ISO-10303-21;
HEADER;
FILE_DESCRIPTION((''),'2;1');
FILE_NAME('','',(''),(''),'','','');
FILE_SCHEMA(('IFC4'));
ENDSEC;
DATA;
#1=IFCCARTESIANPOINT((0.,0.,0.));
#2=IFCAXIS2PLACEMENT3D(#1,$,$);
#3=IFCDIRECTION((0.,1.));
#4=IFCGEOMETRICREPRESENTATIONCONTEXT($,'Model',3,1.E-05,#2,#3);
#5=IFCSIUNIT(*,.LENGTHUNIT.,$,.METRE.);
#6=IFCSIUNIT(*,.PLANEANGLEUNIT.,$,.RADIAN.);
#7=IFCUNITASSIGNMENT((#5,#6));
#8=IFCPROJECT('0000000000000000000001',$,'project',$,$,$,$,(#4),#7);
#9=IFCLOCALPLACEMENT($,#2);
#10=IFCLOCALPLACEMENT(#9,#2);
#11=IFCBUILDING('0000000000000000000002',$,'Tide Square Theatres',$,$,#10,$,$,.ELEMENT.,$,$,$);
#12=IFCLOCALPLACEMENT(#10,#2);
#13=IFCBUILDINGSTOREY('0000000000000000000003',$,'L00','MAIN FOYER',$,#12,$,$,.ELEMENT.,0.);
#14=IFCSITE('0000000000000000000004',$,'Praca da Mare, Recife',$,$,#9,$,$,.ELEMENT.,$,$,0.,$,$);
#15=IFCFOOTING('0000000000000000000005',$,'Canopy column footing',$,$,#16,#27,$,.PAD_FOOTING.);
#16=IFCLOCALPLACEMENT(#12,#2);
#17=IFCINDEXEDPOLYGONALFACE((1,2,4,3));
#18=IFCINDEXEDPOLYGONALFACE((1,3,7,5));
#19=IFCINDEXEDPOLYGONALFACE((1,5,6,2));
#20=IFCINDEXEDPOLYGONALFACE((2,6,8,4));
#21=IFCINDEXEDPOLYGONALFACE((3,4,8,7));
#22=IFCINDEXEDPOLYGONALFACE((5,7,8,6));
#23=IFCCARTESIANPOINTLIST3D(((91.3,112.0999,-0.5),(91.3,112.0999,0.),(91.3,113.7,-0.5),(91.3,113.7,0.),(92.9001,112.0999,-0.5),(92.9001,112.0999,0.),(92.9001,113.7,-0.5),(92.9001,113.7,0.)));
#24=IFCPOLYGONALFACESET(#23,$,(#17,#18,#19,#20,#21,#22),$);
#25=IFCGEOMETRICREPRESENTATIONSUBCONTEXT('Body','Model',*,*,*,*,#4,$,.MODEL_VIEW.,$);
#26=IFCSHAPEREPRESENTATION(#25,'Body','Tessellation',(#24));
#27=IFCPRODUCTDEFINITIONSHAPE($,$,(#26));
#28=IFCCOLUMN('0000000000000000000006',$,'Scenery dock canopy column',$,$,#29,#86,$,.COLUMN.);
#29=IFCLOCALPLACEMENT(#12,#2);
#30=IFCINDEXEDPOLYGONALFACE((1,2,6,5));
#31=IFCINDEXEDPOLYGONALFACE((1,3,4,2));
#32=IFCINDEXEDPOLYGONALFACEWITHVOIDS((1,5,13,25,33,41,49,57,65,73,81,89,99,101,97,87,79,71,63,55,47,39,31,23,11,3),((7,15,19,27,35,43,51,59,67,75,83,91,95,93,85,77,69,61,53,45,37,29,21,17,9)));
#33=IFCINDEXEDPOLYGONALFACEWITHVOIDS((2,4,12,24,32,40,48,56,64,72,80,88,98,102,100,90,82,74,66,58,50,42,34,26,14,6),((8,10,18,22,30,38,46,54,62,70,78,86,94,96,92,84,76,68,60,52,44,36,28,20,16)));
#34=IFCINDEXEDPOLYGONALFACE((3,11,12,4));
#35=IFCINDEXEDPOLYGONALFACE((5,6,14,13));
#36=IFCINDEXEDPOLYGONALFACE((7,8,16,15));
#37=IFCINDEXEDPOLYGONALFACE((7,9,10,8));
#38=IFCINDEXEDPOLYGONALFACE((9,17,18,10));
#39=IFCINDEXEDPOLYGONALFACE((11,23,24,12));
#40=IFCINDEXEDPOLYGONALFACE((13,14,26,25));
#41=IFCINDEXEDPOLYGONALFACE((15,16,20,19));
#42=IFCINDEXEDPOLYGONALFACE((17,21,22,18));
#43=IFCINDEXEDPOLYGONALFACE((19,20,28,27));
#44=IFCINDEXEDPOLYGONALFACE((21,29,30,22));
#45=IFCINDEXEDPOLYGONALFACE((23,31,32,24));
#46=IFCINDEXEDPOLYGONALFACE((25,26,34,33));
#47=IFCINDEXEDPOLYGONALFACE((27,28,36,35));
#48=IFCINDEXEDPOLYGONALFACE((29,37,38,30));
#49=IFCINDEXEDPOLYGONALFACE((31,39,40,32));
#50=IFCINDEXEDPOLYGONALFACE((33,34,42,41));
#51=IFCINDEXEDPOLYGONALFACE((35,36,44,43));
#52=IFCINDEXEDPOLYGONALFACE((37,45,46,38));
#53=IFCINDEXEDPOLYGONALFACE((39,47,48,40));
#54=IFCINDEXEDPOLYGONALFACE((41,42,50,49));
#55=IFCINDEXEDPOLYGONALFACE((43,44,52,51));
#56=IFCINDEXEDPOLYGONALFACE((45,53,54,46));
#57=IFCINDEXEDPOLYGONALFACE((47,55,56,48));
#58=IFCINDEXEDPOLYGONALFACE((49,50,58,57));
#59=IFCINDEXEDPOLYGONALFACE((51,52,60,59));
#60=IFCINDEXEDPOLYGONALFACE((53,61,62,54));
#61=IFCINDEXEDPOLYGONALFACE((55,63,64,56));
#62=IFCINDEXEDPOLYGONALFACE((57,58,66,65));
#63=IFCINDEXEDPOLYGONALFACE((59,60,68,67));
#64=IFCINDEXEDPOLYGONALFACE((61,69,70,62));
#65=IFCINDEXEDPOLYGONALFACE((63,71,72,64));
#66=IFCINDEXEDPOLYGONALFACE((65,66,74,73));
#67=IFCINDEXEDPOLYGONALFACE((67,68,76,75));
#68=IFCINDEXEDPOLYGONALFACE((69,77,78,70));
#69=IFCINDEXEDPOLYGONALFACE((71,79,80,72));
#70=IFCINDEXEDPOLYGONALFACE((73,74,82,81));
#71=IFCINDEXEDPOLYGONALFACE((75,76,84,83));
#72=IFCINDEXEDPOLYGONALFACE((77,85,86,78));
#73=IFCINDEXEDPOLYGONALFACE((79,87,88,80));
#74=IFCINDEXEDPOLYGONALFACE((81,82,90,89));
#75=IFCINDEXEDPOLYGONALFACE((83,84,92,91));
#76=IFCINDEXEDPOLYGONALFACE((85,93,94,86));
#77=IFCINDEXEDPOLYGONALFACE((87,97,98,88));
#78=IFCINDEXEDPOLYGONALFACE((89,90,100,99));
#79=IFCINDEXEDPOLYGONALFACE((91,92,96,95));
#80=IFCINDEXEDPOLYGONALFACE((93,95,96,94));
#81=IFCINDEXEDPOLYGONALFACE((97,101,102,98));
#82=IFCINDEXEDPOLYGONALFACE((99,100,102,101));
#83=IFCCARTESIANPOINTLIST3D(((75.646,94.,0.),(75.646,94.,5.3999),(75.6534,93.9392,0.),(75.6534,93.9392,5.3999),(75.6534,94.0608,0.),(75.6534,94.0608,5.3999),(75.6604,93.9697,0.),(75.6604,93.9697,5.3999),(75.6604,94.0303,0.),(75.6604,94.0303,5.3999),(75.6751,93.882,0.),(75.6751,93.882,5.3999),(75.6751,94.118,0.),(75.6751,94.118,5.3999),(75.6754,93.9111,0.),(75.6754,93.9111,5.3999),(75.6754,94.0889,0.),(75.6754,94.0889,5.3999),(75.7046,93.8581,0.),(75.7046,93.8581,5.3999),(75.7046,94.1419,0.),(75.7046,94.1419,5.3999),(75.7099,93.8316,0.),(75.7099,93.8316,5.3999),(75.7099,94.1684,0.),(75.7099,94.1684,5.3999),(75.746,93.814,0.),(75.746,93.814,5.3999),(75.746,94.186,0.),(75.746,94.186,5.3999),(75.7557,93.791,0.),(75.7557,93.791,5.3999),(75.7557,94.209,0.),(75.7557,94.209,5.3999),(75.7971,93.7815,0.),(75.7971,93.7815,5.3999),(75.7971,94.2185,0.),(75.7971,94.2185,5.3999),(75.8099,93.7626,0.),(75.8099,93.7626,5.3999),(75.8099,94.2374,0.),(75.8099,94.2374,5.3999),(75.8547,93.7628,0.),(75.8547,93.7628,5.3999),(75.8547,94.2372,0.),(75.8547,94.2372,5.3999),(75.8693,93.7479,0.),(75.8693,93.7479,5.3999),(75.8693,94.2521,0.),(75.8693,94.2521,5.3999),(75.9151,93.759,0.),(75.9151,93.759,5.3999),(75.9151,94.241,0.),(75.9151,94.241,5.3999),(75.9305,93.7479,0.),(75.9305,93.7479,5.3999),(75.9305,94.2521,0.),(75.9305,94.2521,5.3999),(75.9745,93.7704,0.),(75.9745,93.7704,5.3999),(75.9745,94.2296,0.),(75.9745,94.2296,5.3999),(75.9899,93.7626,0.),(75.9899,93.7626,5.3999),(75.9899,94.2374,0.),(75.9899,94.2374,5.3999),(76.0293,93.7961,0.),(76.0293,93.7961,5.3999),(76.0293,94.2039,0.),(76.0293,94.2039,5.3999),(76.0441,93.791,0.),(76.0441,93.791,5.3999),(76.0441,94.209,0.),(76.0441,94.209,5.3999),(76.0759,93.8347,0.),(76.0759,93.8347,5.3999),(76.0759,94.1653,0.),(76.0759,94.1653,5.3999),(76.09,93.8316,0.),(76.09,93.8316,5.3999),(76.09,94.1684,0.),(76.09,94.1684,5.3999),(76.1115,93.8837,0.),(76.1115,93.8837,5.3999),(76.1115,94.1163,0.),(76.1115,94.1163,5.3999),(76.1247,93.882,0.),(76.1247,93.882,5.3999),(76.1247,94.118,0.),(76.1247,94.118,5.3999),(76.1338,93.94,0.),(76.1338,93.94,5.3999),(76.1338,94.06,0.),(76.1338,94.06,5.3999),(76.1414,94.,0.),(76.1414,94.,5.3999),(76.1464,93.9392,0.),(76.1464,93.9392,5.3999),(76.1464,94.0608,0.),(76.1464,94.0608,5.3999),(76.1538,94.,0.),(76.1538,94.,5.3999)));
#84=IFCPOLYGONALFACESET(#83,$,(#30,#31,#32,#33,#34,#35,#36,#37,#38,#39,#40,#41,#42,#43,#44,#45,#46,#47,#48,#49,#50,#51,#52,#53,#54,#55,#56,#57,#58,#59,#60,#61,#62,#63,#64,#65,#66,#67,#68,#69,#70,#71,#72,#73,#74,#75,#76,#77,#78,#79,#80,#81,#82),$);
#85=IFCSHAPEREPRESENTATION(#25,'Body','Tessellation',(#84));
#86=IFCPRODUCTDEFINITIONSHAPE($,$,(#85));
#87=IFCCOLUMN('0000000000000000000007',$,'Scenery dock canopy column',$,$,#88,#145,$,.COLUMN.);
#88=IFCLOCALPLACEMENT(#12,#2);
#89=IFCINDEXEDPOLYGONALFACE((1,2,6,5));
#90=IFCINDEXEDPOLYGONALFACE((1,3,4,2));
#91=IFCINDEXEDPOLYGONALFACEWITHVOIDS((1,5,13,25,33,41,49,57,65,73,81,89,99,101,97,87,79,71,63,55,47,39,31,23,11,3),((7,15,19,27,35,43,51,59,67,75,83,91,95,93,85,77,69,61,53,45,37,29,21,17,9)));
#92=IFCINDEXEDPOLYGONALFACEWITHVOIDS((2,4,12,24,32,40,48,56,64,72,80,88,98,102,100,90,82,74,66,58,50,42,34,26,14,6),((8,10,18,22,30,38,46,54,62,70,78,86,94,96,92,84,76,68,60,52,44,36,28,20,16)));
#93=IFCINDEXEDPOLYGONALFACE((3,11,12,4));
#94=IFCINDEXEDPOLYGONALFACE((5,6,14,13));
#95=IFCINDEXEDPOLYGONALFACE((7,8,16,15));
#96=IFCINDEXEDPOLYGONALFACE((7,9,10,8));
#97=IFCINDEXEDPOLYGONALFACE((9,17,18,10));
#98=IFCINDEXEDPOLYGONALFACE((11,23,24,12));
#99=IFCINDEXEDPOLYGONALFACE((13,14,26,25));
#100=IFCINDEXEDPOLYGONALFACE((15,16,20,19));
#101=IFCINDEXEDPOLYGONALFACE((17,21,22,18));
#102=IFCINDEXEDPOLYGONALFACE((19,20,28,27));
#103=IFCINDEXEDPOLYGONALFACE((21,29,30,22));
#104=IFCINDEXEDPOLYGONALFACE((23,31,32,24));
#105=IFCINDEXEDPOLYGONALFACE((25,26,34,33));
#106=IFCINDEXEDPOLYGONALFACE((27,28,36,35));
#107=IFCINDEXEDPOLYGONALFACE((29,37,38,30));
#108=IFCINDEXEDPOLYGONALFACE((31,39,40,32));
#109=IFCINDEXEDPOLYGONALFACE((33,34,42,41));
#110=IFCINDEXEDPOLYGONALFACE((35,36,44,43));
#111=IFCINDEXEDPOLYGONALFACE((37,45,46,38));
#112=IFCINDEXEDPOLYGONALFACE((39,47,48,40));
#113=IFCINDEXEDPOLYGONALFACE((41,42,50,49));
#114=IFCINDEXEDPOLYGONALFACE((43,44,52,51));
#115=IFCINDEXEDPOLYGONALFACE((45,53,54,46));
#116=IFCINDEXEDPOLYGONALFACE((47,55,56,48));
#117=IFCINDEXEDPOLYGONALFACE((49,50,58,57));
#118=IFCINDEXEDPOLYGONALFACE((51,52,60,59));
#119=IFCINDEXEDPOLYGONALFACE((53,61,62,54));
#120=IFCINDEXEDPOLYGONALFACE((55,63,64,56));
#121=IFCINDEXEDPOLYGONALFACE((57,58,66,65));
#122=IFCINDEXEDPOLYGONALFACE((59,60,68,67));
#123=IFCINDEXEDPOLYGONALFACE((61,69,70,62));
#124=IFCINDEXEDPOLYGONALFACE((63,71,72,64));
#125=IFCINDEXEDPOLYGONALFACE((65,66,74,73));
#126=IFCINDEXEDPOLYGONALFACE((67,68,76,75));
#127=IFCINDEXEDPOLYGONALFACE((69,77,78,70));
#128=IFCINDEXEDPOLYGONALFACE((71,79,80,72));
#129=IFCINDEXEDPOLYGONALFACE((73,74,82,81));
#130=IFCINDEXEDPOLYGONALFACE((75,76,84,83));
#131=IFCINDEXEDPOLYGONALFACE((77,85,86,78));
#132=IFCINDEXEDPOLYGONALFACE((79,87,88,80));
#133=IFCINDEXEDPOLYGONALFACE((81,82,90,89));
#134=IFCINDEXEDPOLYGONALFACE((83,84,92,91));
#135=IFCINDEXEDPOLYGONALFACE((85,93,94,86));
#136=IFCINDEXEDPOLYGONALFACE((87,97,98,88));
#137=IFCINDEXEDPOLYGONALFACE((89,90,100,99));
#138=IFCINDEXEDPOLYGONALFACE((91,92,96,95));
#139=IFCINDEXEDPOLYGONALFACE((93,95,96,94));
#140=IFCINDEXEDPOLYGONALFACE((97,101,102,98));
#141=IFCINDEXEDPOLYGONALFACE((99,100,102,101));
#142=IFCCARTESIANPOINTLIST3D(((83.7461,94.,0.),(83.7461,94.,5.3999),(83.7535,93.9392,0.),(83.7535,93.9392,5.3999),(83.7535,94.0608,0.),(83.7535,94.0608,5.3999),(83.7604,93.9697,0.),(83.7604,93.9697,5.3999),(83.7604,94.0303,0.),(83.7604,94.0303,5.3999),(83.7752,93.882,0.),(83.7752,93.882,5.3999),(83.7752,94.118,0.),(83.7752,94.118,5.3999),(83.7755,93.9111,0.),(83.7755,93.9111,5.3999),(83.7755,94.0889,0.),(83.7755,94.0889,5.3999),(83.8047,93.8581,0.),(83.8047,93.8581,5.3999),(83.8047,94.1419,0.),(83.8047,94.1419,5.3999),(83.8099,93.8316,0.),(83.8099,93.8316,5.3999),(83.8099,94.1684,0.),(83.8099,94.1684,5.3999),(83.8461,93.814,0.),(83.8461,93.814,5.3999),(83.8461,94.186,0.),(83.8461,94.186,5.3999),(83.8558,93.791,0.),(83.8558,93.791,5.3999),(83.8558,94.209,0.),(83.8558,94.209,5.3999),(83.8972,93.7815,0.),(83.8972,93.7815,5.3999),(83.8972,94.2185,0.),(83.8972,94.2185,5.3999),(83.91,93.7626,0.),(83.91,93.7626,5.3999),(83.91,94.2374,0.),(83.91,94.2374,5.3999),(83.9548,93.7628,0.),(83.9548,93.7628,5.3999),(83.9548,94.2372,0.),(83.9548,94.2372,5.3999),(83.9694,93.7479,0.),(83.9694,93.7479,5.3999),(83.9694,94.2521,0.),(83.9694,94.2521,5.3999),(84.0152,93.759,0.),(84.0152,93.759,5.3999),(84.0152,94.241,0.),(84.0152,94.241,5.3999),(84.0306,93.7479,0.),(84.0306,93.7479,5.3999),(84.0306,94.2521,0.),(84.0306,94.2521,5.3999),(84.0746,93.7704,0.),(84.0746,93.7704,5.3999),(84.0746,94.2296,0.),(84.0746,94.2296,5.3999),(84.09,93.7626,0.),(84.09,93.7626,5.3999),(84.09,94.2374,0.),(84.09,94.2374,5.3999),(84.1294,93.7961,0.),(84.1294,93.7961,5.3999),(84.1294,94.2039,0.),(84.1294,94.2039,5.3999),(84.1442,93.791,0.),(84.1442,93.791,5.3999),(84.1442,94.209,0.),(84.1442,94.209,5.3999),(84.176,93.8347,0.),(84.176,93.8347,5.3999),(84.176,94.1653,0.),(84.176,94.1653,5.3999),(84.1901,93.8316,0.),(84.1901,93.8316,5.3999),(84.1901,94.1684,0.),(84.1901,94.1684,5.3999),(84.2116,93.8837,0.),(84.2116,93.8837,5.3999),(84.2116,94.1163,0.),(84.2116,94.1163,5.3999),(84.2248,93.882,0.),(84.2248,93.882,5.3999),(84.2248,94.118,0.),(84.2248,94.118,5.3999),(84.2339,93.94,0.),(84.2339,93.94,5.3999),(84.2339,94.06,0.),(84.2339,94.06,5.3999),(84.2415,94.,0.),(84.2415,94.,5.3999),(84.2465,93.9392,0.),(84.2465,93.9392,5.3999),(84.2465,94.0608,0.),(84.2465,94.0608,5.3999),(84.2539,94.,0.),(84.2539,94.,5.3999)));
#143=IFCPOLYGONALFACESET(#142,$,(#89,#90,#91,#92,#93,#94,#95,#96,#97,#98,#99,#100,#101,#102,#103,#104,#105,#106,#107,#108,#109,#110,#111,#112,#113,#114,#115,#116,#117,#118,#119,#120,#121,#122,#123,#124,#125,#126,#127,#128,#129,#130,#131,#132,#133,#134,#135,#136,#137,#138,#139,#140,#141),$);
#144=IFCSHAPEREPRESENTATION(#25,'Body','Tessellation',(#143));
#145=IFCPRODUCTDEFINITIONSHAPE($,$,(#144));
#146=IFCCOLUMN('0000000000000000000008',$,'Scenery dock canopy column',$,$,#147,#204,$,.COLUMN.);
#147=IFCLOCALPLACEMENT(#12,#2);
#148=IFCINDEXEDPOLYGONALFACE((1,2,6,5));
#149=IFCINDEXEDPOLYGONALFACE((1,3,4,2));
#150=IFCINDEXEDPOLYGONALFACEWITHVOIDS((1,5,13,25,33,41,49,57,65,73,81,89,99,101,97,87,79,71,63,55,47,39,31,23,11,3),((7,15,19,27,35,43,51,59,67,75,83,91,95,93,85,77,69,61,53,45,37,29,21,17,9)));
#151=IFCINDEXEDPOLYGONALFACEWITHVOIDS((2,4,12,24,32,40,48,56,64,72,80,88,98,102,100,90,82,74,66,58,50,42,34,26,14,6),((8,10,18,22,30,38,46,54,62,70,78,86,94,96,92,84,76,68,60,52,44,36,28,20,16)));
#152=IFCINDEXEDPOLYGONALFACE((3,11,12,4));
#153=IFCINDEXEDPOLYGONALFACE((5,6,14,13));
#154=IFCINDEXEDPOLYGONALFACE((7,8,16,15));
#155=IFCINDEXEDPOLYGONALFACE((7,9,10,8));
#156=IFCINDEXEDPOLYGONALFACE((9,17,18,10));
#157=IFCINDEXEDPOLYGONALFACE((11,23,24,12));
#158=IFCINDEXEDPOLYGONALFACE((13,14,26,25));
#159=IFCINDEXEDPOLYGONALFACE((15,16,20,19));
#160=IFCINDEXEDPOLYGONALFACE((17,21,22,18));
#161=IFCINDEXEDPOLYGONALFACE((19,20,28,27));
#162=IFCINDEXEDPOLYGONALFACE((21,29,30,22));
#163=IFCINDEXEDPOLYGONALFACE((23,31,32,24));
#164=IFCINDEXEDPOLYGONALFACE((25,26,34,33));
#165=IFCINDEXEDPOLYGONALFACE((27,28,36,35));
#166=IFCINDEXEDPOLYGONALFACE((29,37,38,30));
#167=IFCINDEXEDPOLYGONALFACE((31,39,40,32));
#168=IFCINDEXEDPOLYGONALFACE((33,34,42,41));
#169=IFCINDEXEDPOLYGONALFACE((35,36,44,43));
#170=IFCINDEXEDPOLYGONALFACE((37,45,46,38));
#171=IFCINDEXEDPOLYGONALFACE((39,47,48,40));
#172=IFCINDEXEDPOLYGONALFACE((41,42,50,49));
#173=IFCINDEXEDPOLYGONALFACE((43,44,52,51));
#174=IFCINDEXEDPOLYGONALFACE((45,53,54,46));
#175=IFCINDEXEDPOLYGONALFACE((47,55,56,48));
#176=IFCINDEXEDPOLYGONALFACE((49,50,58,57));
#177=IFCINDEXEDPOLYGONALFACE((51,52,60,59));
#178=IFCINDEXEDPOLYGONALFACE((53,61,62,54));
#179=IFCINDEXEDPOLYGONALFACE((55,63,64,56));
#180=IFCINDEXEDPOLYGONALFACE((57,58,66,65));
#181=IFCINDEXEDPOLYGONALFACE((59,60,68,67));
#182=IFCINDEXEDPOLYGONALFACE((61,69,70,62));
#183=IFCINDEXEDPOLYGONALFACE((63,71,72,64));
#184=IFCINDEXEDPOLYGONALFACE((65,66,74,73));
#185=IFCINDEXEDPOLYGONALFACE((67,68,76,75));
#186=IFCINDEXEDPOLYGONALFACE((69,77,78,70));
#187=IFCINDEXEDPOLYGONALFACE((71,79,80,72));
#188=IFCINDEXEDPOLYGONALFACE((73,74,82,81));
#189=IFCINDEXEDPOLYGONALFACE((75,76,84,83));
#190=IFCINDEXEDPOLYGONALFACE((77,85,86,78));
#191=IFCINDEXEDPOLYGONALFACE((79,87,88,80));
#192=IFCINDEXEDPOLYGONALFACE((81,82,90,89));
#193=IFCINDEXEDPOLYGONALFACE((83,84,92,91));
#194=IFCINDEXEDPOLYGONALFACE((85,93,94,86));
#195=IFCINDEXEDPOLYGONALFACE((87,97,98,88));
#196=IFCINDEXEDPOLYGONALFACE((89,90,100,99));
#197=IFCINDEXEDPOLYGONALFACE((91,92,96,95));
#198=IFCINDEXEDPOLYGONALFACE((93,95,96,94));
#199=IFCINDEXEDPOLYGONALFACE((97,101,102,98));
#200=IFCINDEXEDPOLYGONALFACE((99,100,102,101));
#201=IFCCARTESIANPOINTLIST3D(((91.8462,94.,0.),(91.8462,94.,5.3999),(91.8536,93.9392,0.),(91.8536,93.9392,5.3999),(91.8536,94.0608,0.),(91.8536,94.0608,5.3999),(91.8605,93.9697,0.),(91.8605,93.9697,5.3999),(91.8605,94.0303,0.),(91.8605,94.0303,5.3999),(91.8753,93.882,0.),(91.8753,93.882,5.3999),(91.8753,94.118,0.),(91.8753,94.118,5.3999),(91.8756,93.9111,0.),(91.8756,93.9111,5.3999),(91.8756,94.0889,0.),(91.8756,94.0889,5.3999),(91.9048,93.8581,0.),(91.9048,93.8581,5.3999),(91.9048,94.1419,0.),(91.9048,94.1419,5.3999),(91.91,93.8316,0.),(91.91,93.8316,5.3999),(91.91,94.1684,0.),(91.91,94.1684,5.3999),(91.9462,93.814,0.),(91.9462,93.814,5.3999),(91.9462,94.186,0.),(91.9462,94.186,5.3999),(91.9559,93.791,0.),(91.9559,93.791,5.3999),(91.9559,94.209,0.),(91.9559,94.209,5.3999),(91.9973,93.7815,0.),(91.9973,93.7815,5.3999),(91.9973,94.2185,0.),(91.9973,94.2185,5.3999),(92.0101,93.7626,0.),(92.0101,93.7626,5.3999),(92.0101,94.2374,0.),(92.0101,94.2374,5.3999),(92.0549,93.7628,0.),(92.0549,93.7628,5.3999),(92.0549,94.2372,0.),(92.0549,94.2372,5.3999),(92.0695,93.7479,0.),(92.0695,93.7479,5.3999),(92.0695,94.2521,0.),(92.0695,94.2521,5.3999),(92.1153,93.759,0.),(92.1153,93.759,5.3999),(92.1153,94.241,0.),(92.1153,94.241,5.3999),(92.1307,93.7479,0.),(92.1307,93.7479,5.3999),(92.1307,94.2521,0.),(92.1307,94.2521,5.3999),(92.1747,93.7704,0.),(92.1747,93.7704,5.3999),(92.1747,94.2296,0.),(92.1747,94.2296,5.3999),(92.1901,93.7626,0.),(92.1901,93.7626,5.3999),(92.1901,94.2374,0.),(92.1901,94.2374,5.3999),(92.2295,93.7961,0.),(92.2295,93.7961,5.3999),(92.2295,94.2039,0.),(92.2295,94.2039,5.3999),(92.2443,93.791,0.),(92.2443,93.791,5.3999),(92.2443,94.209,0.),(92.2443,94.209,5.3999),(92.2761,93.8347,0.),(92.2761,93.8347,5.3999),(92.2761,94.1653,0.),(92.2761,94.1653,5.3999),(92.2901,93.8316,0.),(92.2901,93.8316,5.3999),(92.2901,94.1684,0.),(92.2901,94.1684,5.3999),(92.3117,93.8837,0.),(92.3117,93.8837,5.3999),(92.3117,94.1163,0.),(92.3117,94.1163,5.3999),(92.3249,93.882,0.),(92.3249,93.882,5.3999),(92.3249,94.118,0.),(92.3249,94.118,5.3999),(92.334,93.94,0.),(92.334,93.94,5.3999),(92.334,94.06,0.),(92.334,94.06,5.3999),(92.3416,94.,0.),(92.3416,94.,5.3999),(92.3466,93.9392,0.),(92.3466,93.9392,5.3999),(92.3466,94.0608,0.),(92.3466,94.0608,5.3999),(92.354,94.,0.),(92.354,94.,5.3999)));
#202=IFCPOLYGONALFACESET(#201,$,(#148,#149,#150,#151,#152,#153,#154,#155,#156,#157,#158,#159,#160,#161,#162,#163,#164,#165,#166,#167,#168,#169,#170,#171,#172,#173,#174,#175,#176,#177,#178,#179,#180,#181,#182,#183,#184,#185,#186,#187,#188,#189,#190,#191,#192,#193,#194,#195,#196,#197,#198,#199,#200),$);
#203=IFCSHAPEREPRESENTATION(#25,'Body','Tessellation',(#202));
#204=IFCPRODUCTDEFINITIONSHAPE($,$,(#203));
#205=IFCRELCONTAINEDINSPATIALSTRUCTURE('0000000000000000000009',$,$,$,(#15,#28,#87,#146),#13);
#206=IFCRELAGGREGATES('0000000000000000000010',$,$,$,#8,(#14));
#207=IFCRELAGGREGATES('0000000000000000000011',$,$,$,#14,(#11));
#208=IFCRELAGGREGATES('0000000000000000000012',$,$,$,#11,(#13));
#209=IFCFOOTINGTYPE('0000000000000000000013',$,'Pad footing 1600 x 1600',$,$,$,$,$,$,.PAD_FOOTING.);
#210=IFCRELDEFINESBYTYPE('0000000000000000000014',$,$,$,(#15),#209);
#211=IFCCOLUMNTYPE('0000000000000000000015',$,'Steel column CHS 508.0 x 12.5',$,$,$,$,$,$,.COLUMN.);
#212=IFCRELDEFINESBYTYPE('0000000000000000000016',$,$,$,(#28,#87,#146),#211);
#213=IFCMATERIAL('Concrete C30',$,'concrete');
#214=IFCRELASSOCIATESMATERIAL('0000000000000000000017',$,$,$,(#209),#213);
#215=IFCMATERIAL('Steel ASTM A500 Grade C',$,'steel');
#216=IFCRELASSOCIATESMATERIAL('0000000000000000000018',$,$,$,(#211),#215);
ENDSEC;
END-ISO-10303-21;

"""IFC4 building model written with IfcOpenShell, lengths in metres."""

from ifc_helpers import new_model, si_unit, direction, frame, origin, origin_2d, place, context, subcontext, project, spatial, rectangle, hollow_circle, extrude, material, material_profile, profile_set, type_object, element, save


model = new_model("IFC4")

# Units and contexts
model_context = context("Model", 3, precision=1e-05, world=origin(), true_north=direction((0.0, 1.0)))
body_context = subcontext(model_context, "Body", "Model", "MODEL_VIEW")
ifc_project = project(units=[si_unit("LENGTHUNIT", "METRE"), si_unit("PLANEANGLEUNIT", "RADIAN")], contexts=[model_context])

# Site, building, storey
site_placement = place(None, origin())
site = spatial("IfcSite", under=ifc_project, at=site_placement, Name="Praca da Mare, Recife", CompositionType="ELEMENT", RefElevation=0.0)
building_placement = place(site_placement, origin())
building = spatial("IfcBuilding", under=site, at=building_placement, Name="Tide Square Theatres", CompositionType="ELEMENT")
storey_placement = place(building_placement, origin())
storey = spatial("IfcBuildingStorey", under=building, at=storey_placement, Name="L00", Description="MAIN FOYER", CompositionType="ELEMENT", Elevation=0.0)

# Footing
ifc_material_1 = material(Name="Concrete C30", Category="concrete")
footing_type = type_object("IfcFootingType", Name="Pad footing 1600 x 1600", PredefinedType="PAD_FOOTING", material=ifc_material_1)
for number, where, z_axis, x_axis, name in (
    (1, (92.1001, 112.8999, -0.5), (0.0, 0.0, 1.0), (1.0, 0.0, 0.0), "Canopy column footing"),
):
    element("IfcFooting", number, at=place(storey_placement, frame(where, z_axis=z_axis, x_axis=x_axis)), inside=storey, type_object=footing_type, Name=name, PredefinedType="PAD_FOOTING", context=body_context, shape_type="SweptSolid", body=[
        extrude(rectangle(XDim=1.6001, YDim=1.6001, at=origin_2d()), origin(), (0.0, 0.0, 1.0), 0.5),
    ])

# Columns
ifc_material_2 = material(Name="Steel ASTM A500 Grade C", Category="steel")
ifc_material_profile_1 = material_profile(ifc_material_2, hollow_circle(Radius=0.2539, WallThickness=0.0125, at=origin_2d()))
ifc_profile_set_1 = profile_set([ifc_material_profile_1], Name="Steel ASTM A500 Grade C")
column_type = type_object("IfcColumnType", Name="Steel column CHS 508.0 x 12.5", PredefinedType="COLUMN", material=ifc_profile_set_1)
for number, where, z_axis, x_axis, name in (
    (2, (75.8999, 94.0, 0.0), (0.0, 0.0, 1.0), (1.0, 0.0, 0.0), "Scenery dock canopy column"),
    (3, (84.0, 94.0, 0.0), (0.0, 0.0, 1.0), (1.0, 0.0, 0.0), "Scenery dock canopy column"),
    (4, (92.1001, 94.0, 0.0), (0.0, 0.0, 1.0), (1.0, 0.0, 0.0), "Scenery dock canopy column"),
):
    element("IfcColumn", number, at=place(storey_placement, frame(where, z_axis=z_axis, x_axis=x_axis)), inside=storey, type_object=column_type, Name=name, PredefinedType="COLUMN", context=body_context, shape_type="SweptSolid", body=[
        extrude(hollow_circle(Radius=0.2539, WallThickness=0.0125, at=origin_2d()), origin(), (0.0, 0.0, 1.0), 5.3999),
    ])

save(model, "model.ifc")
